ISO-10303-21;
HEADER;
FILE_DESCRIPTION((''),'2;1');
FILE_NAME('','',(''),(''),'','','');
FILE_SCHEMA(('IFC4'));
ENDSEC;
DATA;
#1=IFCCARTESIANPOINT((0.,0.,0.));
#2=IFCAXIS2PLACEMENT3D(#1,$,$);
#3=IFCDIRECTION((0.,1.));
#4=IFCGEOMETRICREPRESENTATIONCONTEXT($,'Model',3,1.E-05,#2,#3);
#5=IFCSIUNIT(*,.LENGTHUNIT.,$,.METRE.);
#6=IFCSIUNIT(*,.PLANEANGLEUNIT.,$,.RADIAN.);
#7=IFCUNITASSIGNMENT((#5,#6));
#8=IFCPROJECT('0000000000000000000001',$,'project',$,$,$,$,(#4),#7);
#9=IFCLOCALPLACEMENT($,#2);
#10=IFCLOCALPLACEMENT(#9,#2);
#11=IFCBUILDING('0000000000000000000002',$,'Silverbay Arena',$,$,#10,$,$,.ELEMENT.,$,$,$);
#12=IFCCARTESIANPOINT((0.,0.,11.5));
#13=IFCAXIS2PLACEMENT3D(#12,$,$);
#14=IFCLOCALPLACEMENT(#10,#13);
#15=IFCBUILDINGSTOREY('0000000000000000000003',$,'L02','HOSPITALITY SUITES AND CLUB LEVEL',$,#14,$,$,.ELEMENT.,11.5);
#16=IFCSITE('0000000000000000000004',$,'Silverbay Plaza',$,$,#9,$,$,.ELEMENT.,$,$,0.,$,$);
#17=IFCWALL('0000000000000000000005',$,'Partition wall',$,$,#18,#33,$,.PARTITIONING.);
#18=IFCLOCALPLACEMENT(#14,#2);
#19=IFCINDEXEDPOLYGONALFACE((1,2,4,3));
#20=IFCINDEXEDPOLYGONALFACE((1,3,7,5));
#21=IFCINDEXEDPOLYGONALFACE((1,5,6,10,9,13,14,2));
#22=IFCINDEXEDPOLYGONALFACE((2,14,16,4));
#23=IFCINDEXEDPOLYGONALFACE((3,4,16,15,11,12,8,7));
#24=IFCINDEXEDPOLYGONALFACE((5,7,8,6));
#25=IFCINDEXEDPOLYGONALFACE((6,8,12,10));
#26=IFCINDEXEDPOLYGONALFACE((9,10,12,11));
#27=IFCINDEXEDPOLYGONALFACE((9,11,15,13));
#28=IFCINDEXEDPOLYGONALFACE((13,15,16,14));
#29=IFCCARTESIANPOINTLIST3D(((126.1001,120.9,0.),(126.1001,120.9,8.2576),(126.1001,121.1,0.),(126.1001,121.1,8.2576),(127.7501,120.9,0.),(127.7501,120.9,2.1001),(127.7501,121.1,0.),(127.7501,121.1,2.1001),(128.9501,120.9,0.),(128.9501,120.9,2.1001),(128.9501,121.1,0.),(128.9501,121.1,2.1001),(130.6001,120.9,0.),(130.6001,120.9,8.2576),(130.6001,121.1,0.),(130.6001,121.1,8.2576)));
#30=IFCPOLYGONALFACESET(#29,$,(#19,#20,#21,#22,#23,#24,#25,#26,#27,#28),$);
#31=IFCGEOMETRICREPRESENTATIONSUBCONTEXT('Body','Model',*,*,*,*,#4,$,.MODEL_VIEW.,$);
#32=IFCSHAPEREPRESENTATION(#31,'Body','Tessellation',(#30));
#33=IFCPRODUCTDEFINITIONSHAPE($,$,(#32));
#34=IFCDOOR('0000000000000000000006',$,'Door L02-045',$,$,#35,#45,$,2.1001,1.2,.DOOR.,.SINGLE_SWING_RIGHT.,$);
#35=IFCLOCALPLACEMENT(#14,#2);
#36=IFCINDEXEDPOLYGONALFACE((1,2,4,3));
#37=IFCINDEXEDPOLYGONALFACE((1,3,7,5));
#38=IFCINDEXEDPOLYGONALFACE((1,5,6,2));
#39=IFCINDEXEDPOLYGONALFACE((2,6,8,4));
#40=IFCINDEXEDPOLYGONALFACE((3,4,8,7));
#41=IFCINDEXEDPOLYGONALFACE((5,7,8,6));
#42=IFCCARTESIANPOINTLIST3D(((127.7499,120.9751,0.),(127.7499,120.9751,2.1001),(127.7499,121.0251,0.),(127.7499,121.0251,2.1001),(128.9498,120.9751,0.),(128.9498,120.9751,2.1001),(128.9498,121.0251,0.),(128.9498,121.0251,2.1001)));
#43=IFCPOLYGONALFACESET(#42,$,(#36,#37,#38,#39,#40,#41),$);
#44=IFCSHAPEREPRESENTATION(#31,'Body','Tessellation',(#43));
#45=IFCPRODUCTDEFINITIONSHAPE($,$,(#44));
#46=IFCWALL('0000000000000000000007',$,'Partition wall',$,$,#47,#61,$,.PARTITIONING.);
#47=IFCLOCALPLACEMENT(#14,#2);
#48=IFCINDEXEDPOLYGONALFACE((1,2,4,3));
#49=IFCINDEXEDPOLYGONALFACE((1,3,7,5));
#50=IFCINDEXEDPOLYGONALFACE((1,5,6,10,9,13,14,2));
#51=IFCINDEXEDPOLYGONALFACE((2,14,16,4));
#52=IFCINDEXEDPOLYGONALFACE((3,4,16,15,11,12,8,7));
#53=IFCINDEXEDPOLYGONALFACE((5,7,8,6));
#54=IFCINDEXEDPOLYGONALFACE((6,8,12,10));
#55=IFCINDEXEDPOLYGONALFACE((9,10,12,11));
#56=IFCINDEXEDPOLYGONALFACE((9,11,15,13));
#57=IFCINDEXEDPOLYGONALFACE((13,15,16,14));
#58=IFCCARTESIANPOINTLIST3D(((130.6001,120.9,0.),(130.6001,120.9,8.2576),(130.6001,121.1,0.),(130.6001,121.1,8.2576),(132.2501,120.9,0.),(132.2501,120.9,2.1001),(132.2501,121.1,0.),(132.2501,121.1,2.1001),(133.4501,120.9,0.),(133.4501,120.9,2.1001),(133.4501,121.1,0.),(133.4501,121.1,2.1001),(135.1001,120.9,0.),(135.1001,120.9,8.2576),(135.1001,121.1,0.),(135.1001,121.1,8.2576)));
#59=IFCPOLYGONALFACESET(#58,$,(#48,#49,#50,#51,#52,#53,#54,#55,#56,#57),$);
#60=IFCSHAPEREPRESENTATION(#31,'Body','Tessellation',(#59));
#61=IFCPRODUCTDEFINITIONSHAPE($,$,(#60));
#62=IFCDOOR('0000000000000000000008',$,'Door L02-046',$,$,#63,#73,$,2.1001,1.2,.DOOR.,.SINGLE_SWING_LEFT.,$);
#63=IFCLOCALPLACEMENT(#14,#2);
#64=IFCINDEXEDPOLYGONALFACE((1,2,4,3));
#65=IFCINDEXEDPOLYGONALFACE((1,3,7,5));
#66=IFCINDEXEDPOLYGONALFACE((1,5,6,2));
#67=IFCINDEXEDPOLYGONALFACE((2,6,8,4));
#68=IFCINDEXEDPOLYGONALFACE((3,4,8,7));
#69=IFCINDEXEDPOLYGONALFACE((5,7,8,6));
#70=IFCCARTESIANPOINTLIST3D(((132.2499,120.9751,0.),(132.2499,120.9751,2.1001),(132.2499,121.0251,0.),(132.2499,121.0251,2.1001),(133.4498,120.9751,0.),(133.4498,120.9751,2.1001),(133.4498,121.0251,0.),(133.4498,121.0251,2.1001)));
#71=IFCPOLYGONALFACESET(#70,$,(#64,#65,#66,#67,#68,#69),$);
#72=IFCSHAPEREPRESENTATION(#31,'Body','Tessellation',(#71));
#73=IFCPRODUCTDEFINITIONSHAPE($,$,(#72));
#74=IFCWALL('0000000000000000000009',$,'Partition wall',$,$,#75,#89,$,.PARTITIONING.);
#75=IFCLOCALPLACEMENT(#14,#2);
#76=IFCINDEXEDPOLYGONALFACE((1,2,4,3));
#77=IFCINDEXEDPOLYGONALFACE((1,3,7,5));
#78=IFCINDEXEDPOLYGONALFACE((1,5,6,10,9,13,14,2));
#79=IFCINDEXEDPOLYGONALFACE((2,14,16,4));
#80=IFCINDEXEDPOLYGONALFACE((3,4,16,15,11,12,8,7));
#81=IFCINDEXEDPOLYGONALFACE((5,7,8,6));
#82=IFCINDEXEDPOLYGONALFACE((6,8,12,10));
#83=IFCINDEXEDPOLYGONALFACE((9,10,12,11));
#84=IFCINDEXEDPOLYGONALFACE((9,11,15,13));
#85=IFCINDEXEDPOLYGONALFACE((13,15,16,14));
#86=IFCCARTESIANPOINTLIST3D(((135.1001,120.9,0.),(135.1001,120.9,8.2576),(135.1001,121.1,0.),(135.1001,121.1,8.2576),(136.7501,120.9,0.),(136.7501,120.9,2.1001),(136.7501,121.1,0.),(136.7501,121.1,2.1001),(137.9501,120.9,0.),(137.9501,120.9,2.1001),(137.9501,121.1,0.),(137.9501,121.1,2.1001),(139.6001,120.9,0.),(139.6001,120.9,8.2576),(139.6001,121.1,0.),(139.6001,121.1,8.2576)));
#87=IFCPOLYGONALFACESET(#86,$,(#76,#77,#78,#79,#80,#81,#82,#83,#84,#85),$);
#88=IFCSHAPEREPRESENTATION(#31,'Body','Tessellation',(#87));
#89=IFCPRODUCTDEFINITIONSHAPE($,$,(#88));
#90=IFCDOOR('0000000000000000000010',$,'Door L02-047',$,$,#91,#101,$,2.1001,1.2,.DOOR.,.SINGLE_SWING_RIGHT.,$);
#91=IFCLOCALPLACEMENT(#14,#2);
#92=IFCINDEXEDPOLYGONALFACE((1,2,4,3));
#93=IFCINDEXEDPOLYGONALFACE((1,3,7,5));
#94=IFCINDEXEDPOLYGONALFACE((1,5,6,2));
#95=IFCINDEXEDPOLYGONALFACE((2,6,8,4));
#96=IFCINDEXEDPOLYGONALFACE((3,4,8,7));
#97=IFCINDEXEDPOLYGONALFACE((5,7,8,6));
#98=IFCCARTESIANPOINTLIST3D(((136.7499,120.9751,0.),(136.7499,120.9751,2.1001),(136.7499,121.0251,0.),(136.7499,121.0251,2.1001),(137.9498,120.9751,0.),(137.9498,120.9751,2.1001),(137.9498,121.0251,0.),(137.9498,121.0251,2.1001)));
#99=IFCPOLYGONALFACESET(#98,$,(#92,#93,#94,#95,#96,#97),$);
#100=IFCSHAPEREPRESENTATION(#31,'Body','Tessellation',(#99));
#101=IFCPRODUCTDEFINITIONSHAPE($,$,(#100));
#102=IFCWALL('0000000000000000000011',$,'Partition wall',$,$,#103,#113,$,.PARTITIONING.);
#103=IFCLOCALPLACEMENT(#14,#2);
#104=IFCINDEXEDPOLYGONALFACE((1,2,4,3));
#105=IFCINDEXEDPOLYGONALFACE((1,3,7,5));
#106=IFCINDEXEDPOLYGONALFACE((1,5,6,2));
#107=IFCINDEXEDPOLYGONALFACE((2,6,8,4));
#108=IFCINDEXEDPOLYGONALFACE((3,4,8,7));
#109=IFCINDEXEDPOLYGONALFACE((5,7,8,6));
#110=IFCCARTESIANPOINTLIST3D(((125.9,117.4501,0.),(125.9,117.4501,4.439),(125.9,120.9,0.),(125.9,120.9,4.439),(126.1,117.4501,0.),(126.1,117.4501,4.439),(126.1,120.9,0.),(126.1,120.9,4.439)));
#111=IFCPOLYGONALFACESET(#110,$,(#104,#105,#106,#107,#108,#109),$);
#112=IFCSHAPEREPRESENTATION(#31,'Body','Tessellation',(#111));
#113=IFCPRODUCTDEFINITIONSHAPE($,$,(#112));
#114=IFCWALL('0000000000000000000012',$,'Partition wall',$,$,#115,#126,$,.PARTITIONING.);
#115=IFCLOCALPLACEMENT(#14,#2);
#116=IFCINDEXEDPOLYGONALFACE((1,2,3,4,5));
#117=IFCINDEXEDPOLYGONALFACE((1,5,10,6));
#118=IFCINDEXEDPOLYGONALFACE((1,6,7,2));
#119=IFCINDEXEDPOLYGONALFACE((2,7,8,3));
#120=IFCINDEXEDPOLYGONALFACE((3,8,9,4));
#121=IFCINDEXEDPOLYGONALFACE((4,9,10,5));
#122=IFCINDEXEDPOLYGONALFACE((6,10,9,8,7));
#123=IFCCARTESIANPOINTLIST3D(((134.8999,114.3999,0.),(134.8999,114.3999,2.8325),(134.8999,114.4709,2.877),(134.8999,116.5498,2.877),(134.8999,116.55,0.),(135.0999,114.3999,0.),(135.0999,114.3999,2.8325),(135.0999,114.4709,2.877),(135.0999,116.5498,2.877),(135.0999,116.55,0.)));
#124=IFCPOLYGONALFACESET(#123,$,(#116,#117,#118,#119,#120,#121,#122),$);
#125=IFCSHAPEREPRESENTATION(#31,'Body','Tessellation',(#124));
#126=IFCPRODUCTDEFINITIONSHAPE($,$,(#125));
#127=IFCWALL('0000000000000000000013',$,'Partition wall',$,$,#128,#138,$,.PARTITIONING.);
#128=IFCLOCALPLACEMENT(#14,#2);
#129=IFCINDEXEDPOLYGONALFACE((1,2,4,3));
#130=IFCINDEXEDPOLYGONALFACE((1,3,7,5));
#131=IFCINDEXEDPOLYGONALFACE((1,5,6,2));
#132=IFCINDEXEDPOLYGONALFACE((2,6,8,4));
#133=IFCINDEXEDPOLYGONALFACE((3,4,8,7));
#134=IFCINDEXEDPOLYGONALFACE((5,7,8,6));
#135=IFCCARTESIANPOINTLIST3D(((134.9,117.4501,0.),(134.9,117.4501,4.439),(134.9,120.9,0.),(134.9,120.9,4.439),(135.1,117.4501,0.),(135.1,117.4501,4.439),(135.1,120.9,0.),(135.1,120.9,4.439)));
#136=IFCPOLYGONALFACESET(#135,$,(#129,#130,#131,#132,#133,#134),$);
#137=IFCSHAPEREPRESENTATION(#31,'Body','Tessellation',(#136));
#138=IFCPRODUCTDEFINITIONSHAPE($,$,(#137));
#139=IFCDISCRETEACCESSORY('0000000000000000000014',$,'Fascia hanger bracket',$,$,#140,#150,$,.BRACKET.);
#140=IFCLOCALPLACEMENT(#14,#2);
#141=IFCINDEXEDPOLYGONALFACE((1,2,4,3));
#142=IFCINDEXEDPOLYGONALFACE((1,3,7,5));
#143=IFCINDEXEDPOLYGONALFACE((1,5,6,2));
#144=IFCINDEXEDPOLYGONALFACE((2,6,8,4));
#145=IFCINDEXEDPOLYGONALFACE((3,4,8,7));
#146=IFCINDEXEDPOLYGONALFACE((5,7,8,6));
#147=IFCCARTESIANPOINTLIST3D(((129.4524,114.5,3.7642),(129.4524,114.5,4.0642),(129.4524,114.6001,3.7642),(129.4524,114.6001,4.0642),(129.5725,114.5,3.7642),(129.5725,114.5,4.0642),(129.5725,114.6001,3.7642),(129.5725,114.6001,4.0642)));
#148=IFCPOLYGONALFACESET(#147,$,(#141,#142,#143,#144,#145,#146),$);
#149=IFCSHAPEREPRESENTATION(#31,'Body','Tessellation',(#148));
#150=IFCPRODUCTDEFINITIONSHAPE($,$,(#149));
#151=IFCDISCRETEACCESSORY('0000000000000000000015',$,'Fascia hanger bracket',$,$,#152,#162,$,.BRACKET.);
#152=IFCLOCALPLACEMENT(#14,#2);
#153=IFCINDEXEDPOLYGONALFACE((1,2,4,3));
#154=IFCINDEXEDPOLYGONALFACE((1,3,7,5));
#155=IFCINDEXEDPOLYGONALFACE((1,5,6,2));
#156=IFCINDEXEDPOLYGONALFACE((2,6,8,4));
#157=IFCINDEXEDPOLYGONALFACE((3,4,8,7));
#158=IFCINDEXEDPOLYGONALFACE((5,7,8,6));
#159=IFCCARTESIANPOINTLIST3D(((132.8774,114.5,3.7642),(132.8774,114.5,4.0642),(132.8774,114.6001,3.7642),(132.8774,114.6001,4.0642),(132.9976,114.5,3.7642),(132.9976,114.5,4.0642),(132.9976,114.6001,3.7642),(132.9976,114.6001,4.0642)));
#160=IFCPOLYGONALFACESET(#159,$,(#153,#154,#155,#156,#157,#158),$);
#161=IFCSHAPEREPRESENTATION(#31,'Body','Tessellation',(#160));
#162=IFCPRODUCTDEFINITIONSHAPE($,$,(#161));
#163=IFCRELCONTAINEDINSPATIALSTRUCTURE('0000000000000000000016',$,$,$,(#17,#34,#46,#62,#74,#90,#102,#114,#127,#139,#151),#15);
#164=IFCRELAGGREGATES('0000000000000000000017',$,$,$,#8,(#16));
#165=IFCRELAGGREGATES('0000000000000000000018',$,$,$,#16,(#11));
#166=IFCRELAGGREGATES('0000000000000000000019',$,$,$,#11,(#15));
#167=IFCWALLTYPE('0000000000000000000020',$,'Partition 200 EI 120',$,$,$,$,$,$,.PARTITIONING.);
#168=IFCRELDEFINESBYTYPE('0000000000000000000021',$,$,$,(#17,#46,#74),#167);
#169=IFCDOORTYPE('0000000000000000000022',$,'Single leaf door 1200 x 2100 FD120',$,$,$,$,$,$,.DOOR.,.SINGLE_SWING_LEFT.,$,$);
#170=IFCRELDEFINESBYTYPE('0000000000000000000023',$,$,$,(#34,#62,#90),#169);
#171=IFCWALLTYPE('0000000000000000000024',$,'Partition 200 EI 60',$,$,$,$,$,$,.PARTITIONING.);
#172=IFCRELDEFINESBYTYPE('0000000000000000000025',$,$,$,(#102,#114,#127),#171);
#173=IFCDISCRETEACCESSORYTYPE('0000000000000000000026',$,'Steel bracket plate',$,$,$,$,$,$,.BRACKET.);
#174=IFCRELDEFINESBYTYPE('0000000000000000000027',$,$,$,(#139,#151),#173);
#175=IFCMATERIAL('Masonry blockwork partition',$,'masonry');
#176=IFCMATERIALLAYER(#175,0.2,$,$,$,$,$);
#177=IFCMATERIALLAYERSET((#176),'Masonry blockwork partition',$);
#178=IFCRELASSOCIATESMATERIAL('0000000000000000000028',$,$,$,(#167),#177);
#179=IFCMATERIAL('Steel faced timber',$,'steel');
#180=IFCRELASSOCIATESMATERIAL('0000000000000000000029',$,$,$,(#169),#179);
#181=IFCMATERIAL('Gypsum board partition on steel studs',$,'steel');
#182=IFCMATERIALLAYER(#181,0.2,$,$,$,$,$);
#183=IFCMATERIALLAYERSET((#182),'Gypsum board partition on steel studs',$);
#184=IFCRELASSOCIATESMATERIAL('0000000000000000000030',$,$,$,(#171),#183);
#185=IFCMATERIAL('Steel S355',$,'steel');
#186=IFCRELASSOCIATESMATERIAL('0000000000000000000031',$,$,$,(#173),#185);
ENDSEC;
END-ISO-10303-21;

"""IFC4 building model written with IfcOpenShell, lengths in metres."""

from ifc_helpers import new_model, si_unit, direction, frame, frame_2d, origin, origin_2d, place, context, subcontext, project, spatial, polyline, rectangle, outline, extrude, material, layer, layer_set, type_object, element, fill, save


model = new_model("IFC4")

# Units and contexts
model_context = context("Model", 3, precision=1e-05, world=origin(), true_north=direction((0.0, 1.0)))
body_context = subcontext(model_context, "Body", "Model", "MODEL_VIEW")
ifc_project = project(units=[si_unit("LENGTHUNIT", "METRE"), si_unit("PLANEANGLEUNIT", "RADIAN")], contexts=[model_context])

# Site, building, storey
site_placement = place(None, origin())
site = spatial("IfcSite", under=ifc_project, at=site_placement, Name="Silverbay Plaza", CompositionType="ELEMENT", RefElevation=0.0)
building_placement = place(site_placement, origin())
building = spatial("IfcBuilding", under=site, at=building_placement, Name="Silverbay Arena", CompositionType="ELEMENT")
storey_placement = place(building_placement, frame((0.0, 0.0, 11.5)))
storey = spatial("IfcBuildingStorey", under=building, at=storey_placement, Name="L02", Description="HOSPITALITY SUITES AND CLUB LEVEL", CompositionType="ELEMENT", Elevation=11.5)

# Walls, openings, doors
ifc_material_1 = material(Name="Masonry blockwork partition", Category="masonry")
ifc_layer_1 = layer(ifc_material_1, 0.2)
ifc_layer_set_1 = layer_set([ifc_layer_1], Name="Masonry blockwork partition")
wall_type_1 = type_object("IfcWallType", Name="Partition 200 EI 120", PredefinedType="PARTITIONING", material=ifc_layer_set_1)
wall_1_placement = place(storey_placement, frame((126.1001, 121.0, 0.0), z_axis=(0.0, 0.0, 1.0), x_axis=(1.0, 0.0, 0.0)))
wall_1 = element("IfcWall", 1, at=wall_1_placement, inside=storey, type_object=wall_type_1, Name="Partition wall", PredefinedType="PARTITIONING", context=body_context, shape_type="SweptSolid", body=[
    extrude(rectangle(XDim=4.5, YDim=0.2, at=frame_2d((2.25, 0.0))), origin(), (0.0, 0.0, 1.0), 8.2576),
])
opening_1_placement = place(wall_1_placement, frame((1.6499, 0.0, 0.0)))
opening_1 = element("IfcOpeningElement", 2, at=opening_1_placement, cuts=wall_1, PredefinedType="OPENING", context=body_context, shape_type="SweptSolid", body=[
    extrude(rectangle(XDim=1.2, YDim=2.1001, at=frame_2d((0.6001, 1.05))), frame((0.0, 0.1099, 0.0), z_axis=(0.0, -1.0, 0.0), x_axis=(1.0, 0.0, 0.0)), (0.0, 0.0, 1.0), 0.22),
])
ifc_material_2 = material(Name="Steel faced timber", Category="steel")
door_type = type_object("IfcDoorType", Name="Single leaf door 1200 x 2100 FD120", OperationType="SINGLE_SWING_LEFT", PredefinedType="DOOR", material=ifc_material_2)
door_1_placement = place(opening_1_placement, frame((1.2, 0.0, 0.0), z_axis=(0.0, 0.0, 1.0), x_axis=(-1.0, 0.0, 0.0)))
door_1 = element("IfcDoor", 3, at=door_1_placement, inside=storey, type_object=door_type, Name="Door L02-045", OperationType="SINGLE_SWING_RIGHT", OverallHeight=2.1001, OverallWidth=1.2, PredefinedType="DOOR", context=body_context, shape_type="SweptSolid", body=[
    extrude(rectangle(XDim=1.2, YDim=2.1001, at=frame_2d((0.6001, 1.05))), frame((0.0, 0.0249, 0.0), z_axis=(0.0, -1.0, 0.0), x_axis=(1.0, 0.0, 0.0)), (0.0, 0.0, 1.0), 0.05),
])
fill(opening_1, door_1)
wall_2_placement = place(storey_placement, frame((130.6001, 121.0, 0.0), z_axis=(0.0, 0.0, 1.0), x_axis=(1.0, 0.0, 0.0)))
wall_2 = element("IfcWall", 4, at=wall_2_placement, inside=storey, type_object=wall_type_1, Name="Partition wall", PredefinedType="PARTITIONING", context=body_context, shape_type="SweptSolid", body=[
    extrude(rectangle(XDim=4.5, YDim=0.2, at=frame_2d((2.25, 0.0))), origin(), (0.0, 0.0, 1.0), 8.2576),
])
opening_2_placement = place(wall_2_placement, frame((1.6499, 0.0, 0.0)))
opening_2 = element("IfcOpeningElement", 5, at=opening_2_placement, cuts=wall_2, PredefinedType="OPENING", context=body_context, shape_type="SweptSolid", body=[
    extrude(rectangle(XDim=1.2, YDim=2.1001, at=frame_2d((0.6001, 1.05))), frame((0.0, 0.1099, 0.0), z_axis=(0.0, -1.0, 0.0), x_axis=(1.0, 0.0, 0.0)), (0.0, 0.0, 1.0), 0.22),
])
door_2_placement = place(opening_2_placement, frame((1.2, 0.0, 0.0), z_axis=(0.0, 0.0, 1.0), x_axis=(-1.0, 0.0, 0.0)))
door_2 = element("IfcDoor", 6, at=door_2_placement, inside=storey, type_object=door_type, Name="Door L02-046", OperationType="SINGLE_SWING_LEFT", OverallHeight=2.1001, OverallWidth=1.2, PredefinedType="DOOR", context=body_context, shape_type="SweptSolid", body=[
    extrude(rectangle(XDim=1.2, YDim=2.1001, at=frame_2d((0.6001, 1.05))), frame((0.0, 0.0249, 0.0), z_axis=(0.0, -1.0, 0.0), x_axis=(1.0, 0.0, 0.0)), (0.0, 0.0, 1.0), 0.05),
])
fill(opening_2, door_2)
wall_3_placement = place(storey_placement, frame((135.1001, 121.0, 0.0), z_axis=(0.0, 0.0, 1.0), x_axis=(1.0, 0.0, 0.0)))
wall_3 = element("IfcWall", 7, at=wall_3_placement, inside=storey, type_object=wall_type_1, Name="Partition wall", PredefinedType="PARTITIONING", context=body_context, shape_type="SweptSolid", body=[
    extrude(rectangle(XDim=4.5, YDim=0.2, at=frame_2d((2.25, 0.0))), origin(), (0.0, 0.0, 1.0), 8.2576),
])
opening_3_placement = place(wall_3_placement, frame((1.6499, 0.0, 0.0)))
opening_3 = element("IfcOpeningElement", 8, at=opening_3_placement, cuts=wall_3, PredefinedType="OPENING", context=body_context, shape_type="SweptSolid", body=[
    extrude(rectangle(XDim=1.2, YDim=2.1001, at=frame_2d((0.6001, 1.05))), frame((0.0, 0.1099, 0.0), z_axis=(0.0, -1.0, 0.0), x_axis=(1.0, 0.0, 0.0)), (0.0, 0.0, 1.0), 0.22),
])
door_3_placement = place(opening_3_placement, frame((1.2, 0.0, 0.0), z_axis=(0.0, 0.0, 1.0), x_axis=(-1.0, 0.0, 0.0)))
door_3 = element("IfcDoor", 9, at=door_3_placement, inside=storey, type_object=door_type, Name="Door L02-047", OperationType="SINGLE_SWING_RIGHT", OverallHeight=2.1001, OverallWidth=1.2, PredefinedType="DOOR", context=body_context, shape_type="SweptSolid", body=[
    extrude(rectangle(XDim=1.2, YDim=2.1001, at=frame_2d((0.6001, 1.05))), frame((0.0, 0.0249, 0.0), z_axis=(0.0, -1.0, 0.0), x_axis=(1.0, 0.0, 0.0)), (0.0, 0.0, 1.0), 0.05),
])
fill(opening_3, door_3)

# Walls
ifc_material_3 = material(Name="Gypsum board partition on steel studs", Category="steel")
ifc_layer_2 = layer(ifc_material_3, 0.2)
ifc_layer_set_2 = layer_set([ifc_layer_2], Name="Gypsum board partition on steel studs")
wall_type_2 = type_object("IfcWallType", Name="Partition 200 EI 60", PredefinedType="PARTITIONING", material=ifc_layer_set_2)
wall_4_placement = place(storey_placement, frame((126.0, 117.45, 0.0), z_axis=(0.0, 0.0, 1.0), x_axis=(0.0, 1.0, 0.0)))
element("IfcWall", 10, at=wall_4_placement, inside=storey, type_object=wall_type_2, Name="Partition wall", PredefinedType="PARTITIONING", context=body_context, shape_type="SweptSolid", body=[
    extrude(rectangle(XDim=3.45, YDim=0.2, at=frame_2d((1.7251, 0.0))), origin(), (0.0, 0.0, 1.0), 4.439),
])
wall_5_placement = place(storey_placement, frame((135.0, 114.3999, 0.0), z_axis=(0.0, 0.0, 1.0), x_axis=(0.0, 1.0, 0.0)))
element("IfcWall", 11, at=wall_5_placement, inside=storey, type_object=wall_type_2, Name="Partition wall", PredefinedType="PARTITIONING", context=body_context, shape_type="SweptSolid", body=[
    extrude(outline(polyline([(0.0, 0.0), (2.1501, 0.0), (2.1499, 2.877), (0.071, 2.877), (0.0, 2.8325), (0.0, 0.0)])), frame((0.0, 0.1001, 0.0), z_axis=(0.0, -1.0, 0.0), x_axis=(1.0, 0.0, 0.0)), (0.0, 0.0, 1.0), 0.2),
])
wall_6_placement = place(storey_placement, frame((135.0, 117.45, 0.0), z_axis=(0.0, 0.0, 1.0), x_axis=(0.0, 1.0, 0.0)))
element("IfcWall", 12, at=wall_6_placement, inside=storey, type_object=wall_type_2, Name="Partition wall", PredefinedType="PARTITIONING", context=body_context, shape_type="SweptSolid", body=[
    extrude(rectangle(XDim=3.45, YDim=0.2, at=frame_2d((1.7251, 0.0))), origin(), (0.0, 0.0, 1.0), 4.439),
])

# Discrete accessories
ifc_material_4 = material(Name="Steel S355", Category="steel")
discrete_accessory_type = type_object("IfcDiscreteAccessoryType", Name="Steel bracket plate", PredefinedType="BRACKET", material=ifc_material_4)
for number, where, z_axis, x_axis, name in (
    (13, (129.5125, 114.55, 3.7642), (0.0, 0.0, 1.0), (1.0, 0.0, 0.0), "Fascia hanger bracket"),
    (14, (132.9375, 114.55, 3.7642), (0.0, 0.0, 1.0), (1.0, 0.0, 0.0), "Fascia hanger bracket"),
):
    element("IfcDiscreteAccessory", number, at=place(storey_placement, frame(where, z_axis=z_axis, x_axis=x_axis)), inside=storey, type_object=discrete_accessory_type, Name=name, PredefinedType="BRACKET", context=body_context, shape_type="SweptSolid", body=[
        extrude(rectangle(XDim=0.1201, YDim=0.1001, at=origin_2d()), origin(), (0.0, 0.0, 1.0), 0.3),
    ])

save(model, "model.ifc")
